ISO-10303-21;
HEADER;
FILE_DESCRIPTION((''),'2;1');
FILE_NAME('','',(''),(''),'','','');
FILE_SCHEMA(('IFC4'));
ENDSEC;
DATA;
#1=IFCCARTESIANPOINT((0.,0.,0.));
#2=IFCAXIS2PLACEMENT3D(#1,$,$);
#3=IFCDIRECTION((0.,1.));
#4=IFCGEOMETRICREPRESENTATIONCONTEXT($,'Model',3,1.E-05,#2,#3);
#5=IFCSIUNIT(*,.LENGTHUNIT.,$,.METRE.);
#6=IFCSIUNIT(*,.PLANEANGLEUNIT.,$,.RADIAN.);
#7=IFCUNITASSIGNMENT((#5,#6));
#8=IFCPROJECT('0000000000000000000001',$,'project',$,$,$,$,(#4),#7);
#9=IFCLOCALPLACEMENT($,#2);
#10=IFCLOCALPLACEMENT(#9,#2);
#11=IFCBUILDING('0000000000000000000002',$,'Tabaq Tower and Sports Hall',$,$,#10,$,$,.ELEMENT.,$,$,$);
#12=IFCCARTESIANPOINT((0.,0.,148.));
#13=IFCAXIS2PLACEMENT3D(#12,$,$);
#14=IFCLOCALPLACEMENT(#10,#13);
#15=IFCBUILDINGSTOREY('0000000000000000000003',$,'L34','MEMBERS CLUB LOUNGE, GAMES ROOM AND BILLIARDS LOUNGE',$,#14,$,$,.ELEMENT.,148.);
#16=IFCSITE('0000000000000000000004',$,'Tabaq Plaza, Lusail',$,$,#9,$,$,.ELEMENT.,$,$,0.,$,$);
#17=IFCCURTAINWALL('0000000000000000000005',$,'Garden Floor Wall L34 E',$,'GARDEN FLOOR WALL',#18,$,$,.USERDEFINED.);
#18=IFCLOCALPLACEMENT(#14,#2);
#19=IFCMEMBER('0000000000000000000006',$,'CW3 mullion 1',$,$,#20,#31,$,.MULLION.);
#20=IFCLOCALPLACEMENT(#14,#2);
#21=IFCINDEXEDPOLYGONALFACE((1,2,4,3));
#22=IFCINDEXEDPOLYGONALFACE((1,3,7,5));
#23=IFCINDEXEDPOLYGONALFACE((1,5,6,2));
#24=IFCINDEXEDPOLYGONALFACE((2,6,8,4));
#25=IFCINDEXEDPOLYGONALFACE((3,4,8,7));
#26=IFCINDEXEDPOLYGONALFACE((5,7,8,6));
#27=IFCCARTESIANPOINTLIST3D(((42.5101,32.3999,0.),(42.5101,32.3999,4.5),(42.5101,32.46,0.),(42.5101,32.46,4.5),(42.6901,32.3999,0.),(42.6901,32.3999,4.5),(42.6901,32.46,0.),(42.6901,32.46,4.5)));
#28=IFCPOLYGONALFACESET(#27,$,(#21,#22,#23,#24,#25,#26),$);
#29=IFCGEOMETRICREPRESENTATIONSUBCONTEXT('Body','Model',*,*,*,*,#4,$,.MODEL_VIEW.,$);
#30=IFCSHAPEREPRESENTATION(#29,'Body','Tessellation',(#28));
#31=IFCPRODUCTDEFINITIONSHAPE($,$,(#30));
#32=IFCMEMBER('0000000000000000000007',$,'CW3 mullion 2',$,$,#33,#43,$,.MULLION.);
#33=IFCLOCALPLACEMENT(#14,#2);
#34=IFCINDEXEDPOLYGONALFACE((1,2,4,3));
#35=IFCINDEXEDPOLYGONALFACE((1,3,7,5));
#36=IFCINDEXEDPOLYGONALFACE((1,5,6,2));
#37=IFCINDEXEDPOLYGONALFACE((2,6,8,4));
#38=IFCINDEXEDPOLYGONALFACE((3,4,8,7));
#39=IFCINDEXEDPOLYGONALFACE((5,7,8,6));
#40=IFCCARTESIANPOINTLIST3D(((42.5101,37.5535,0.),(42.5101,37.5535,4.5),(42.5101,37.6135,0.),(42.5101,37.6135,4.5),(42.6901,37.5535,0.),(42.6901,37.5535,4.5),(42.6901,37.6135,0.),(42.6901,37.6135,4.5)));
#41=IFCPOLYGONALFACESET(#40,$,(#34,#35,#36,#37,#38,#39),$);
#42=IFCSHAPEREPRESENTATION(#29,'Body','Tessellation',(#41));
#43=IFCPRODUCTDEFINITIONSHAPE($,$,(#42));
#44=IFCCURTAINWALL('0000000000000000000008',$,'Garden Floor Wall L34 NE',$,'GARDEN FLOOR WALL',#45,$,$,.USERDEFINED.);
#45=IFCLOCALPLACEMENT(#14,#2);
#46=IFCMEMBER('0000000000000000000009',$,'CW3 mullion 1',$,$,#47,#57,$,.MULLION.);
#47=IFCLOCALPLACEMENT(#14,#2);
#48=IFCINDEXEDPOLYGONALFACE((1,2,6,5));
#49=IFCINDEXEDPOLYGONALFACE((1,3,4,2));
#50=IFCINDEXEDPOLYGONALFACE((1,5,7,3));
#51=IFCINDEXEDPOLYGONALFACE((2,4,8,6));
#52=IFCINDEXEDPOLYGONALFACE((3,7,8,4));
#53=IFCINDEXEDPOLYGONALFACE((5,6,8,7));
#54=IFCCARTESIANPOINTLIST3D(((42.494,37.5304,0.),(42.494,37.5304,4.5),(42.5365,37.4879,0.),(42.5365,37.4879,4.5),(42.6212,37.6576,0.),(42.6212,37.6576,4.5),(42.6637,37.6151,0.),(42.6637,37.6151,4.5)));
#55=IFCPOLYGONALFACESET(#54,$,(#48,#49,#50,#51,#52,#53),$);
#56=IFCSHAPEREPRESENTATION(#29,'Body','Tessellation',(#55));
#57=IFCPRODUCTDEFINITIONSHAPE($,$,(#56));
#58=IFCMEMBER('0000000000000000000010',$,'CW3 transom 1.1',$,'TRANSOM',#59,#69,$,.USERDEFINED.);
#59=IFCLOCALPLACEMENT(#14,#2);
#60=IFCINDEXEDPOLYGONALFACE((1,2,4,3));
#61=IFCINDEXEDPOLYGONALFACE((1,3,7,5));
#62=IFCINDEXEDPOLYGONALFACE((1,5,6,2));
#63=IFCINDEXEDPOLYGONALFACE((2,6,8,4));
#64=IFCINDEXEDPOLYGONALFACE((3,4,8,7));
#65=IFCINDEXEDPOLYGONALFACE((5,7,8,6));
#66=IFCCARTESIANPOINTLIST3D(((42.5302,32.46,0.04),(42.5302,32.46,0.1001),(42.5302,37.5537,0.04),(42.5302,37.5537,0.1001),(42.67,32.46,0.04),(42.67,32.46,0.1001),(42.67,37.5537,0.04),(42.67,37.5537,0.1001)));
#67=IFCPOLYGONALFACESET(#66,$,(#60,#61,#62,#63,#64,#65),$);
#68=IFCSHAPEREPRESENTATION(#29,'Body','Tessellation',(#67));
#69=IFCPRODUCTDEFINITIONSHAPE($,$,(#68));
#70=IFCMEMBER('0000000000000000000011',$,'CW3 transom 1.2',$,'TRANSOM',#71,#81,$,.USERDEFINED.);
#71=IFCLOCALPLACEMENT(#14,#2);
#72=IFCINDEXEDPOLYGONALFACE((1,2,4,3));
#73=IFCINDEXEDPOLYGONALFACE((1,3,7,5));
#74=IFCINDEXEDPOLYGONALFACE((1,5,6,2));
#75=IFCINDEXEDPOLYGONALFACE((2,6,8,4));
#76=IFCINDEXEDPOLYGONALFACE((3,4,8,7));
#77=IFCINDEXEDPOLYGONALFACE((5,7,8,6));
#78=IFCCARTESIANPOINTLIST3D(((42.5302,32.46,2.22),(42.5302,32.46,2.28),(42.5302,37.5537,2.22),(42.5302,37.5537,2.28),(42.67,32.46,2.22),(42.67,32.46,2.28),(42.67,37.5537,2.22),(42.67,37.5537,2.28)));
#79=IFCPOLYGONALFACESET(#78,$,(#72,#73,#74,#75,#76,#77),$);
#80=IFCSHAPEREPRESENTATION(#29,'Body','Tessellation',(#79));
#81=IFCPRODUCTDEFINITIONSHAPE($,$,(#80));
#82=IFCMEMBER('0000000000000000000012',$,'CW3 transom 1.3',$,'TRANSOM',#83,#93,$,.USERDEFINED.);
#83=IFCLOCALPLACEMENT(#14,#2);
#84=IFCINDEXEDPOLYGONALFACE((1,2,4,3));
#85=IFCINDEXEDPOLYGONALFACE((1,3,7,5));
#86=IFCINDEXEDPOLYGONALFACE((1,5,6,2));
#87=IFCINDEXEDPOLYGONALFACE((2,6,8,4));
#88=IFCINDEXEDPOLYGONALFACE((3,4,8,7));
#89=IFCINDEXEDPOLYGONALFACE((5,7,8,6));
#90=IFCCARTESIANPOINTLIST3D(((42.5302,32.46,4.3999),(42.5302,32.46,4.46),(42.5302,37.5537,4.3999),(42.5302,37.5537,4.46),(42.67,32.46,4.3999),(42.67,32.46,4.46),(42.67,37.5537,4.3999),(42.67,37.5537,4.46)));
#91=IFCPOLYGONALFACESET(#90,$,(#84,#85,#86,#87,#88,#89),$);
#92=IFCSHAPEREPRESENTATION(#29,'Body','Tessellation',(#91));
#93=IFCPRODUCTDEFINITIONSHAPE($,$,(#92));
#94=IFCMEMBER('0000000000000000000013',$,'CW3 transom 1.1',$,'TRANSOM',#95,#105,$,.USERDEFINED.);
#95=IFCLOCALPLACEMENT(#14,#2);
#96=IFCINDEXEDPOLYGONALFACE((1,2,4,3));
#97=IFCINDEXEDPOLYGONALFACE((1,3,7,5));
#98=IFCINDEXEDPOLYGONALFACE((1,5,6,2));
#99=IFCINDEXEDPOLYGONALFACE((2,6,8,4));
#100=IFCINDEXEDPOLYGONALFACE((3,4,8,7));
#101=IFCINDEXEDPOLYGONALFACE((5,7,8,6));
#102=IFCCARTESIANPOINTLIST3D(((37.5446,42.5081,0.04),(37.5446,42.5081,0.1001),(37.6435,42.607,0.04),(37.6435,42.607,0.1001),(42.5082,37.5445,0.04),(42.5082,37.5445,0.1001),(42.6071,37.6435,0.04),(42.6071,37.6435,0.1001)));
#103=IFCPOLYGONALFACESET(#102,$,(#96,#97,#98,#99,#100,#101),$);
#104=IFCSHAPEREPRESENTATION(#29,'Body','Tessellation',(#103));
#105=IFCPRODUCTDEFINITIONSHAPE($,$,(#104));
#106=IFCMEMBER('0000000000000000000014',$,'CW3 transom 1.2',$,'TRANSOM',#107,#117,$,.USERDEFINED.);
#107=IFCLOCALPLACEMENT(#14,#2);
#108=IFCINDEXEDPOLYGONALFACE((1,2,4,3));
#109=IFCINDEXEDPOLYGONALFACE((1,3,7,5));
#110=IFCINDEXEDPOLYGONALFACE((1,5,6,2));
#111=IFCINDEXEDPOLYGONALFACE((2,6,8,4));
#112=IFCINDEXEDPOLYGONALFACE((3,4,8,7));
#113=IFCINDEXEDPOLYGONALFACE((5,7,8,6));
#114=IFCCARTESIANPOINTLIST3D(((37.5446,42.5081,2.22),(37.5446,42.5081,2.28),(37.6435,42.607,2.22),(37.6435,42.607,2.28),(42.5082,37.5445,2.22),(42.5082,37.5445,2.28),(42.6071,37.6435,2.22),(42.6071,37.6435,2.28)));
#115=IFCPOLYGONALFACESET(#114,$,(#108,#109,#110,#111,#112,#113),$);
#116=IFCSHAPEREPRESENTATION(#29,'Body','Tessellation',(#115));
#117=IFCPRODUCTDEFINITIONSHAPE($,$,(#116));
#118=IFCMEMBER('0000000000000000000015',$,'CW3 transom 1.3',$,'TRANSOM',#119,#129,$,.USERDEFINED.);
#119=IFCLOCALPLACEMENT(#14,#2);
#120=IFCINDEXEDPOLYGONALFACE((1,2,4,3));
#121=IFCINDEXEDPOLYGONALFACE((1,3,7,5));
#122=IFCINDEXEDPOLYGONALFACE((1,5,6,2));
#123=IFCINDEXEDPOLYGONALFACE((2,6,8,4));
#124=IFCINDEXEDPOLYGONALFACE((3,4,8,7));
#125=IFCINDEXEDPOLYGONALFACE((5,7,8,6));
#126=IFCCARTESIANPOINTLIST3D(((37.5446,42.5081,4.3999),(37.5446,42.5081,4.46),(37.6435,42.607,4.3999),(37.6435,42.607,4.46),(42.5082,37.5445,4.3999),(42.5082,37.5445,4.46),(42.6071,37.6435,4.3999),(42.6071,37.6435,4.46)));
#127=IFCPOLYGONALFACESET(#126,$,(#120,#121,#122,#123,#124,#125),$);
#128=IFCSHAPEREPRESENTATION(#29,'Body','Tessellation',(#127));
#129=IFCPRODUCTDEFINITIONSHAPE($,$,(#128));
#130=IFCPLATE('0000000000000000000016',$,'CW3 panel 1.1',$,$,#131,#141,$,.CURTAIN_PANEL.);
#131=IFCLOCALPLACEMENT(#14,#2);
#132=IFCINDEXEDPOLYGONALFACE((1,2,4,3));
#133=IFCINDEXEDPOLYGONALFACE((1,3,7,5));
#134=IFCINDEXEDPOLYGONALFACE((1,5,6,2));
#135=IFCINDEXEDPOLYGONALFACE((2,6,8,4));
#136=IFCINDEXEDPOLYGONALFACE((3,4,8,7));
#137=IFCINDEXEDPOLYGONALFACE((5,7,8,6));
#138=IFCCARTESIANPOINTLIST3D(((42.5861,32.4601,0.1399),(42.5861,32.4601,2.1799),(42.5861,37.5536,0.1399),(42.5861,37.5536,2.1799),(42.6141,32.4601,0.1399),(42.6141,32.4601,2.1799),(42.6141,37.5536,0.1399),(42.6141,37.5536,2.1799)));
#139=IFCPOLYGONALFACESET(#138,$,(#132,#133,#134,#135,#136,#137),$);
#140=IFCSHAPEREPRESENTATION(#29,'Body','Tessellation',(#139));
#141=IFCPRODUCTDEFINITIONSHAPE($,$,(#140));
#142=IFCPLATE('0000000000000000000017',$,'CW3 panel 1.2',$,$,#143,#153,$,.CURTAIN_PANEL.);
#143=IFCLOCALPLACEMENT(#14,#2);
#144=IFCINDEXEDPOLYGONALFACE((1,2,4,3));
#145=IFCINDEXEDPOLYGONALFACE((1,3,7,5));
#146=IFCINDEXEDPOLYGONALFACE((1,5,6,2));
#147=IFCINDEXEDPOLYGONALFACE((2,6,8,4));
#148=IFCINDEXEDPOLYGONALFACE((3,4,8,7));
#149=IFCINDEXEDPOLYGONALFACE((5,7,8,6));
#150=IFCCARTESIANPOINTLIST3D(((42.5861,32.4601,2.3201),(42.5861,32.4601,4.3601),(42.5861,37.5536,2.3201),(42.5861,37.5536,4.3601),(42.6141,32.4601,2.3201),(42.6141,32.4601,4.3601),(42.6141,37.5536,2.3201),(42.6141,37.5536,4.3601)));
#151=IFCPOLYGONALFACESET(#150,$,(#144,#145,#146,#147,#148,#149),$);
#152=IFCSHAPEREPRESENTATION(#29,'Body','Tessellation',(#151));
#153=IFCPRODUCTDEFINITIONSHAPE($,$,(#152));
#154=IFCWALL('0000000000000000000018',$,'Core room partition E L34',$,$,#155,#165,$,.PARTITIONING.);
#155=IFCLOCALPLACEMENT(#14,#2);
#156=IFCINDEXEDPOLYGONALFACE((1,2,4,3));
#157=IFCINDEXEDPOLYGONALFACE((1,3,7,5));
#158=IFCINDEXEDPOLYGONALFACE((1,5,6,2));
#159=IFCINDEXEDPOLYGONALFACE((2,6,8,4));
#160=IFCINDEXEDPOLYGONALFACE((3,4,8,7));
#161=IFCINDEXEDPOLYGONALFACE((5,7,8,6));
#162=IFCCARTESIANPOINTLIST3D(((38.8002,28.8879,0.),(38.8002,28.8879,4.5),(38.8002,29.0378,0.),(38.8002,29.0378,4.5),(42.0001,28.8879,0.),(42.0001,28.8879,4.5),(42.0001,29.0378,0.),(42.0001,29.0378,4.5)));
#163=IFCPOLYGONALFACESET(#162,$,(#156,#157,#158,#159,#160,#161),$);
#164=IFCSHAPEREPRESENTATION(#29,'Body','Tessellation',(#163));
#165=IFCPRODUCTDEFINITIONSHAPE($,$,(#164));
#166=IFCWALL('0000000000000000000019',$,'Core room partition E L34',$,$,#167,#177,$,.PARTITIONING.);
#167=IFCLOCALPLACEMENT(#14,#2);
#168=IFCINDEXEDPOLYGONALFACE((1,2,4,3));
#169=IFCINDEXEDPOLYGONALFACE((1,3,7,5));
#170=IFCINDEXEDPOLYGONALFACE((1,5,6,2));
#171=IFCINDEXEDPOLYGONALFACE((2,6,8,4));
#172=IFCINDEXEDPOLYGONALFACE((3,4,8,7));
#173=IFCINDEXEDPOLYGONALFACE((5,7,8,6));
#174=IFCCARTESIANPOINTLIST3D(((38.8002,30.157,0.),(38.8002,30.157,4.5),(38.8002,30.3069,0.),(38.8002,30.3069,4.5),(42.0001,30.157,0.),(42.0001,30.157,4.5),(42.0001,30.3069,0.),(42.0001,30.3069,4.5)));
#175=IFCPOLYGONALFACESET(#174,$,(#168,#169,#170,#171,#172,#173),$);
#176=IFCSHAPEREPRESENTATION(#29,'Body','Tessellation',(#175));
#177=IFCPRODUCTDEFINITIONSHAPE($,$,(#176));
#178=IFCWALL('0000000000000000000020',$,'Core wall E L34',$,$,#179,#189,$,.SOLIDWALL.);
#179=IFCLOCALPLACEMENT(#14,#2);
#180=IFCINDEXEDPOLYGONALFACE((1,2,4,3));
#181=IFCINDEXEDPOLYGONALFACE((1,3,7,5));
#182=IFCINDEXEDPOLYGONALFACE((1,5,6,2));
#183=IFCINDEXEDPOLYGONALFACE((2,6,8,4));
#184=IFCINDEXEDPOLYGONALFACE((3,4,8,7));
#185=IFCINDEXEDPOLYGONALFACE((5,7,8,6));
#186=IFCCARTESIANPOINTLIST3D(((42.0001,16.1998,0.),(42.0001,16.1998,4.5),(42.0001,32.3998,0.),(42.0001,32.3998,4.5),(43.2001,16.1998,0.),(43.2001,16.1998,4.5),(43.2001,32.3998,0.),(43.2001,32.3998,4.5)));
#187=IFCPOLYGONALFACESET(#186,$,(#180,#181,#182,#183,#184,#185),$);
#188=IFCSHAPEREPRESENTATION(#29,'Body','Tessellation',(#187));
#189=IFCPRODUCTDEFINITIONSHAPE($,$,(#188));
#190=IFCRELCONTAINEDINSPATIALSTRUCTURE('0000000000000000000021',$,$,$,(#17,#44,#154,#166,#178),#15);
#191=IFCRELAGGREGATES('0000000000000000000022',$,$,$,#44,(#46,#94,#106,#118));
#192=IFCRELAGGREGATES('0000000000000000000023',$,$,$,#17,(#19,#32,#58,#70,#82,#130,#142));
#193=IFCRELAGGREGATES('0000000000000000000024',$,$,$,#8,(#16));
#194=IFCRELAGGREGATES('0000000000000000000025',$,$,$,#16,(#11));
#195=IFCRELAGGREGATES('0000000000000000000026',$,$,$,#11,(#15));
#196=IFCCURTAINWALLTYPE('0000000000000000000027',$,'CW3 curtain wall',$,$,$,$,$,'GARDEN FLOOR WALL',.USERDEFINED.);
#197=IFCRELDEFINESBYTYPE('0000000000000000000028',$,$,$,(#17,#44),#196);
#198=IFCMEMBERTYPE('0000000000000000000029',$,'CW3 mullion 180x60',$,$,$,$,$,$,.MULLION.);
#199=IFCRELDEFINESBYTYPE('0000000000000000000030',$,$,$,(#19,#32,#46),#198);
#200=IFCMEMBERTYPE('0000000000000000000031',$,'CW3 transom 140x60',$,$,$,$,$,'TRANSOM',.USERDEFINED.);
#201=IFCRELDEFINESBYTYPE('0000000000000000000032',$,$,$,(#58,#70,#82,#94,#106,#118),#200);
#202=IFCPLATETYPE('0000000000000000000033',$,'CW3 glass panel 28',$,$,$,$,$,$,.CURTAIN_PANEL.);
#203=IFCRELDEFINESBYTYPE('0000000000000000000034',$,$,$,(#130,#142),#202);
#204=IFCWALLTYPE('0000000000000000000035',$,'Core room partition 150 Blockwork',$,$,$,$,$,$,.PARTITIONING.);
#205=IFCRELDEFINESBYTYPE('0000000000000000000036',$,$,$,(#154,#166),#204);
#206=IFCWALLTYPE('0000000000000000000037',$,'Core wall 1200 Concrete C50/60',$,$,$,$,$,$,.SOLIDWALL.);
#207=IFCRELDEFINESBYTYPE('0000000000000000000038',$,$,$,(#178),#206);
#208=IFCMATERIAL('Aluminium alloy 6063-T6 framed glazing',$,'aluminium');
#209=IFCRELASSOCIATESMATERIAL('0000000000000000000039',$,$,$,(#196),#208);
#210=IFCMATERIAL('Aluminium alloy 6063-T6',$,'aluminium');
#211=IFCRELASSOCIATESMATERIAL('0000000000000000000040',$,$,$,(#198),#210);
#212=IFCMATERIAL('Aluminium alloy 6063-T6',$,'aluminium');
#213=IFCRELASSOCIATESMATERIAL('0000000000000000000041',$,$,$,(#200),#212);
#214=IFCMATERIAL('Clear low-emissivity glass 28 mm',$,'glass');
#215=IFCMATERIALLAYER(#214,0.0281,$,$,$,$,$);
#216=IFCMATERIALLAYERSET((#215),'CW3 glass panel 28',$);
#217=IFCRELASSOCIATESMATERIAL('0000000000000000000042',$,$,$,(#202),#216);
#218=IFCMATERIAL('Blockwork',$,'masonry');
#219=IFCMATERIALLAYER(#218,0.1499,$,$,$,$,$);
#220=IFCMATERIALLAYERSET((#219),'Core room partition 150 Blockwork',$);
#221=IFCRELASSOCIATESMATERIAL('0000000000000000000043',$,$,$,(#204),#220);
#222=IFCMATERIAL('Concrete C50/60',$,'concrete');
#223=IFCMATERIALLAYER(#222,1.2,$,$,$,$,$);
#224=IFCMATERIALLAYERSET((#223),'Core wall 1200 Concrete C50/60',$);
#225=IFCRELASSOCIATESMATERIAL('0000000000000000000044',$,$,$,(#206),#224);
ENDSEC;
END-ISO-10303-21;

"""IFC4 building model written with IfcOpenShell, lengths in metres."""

from ifc_helpers import new_model, si_unit, direction, frame, frame_2d, origin, origin_2d, place, context, subcontext, project, spatial, rectangle, extrude, material, layer, layer_set, material_profile, profile_set, type_object, element, aggregate, save


model = new_model("IFC4")

# Units and contexts
model_context = context("Model", 3, precision=1e-05, world=origin(), true_north=direction((0.0, 1.0)))
body_context = subcontext(model_context, "Body", "Model", "MODEL_VIEW")
ifc_project = project(units=[si_unit("LENGTHUNIT", "METRE"), si_unit("PLANEANGLEUNIT", "RADIAN")], contexts=[model_context])

# Site, building, storey
site_placement = place(None, origin())
site = spatial("IfcSite", under=ifc_project, at=site_placement, Name="Tabaq Plaza, Lusail", CompositionType="ELEMENT", RefElevation=0.0)
building_placement = place(site_placement, origin())
building = spatial("IfcBuilding", under=site, at=building_placement, Name="Tabaq Tower and Sports Hall", CompositionType="ELEMENT")
storey_placement = place(building_placement, frame((0.0, 0.0, 148.0)))
storey = spatial("IfcBuildingStorey", under=building, at=storey_placement, Name="L34", Description="MEMBERS CLUB LOUNGE, GAMES ROOM AND BILLIARDS LOUNGE", CompositionType="ELEMENT", Elevation=148.0)

# Curtain wall, members
ifc_material_1 = material(Name="Aluminium alloy 6063-T6 framed glazing", Category="aluminium")
curtain_wall_type = type_object("IfcCurtainWallType", Name="CW3 curtain wall", ElementType="GARDEN FLOOR WALL", PredefinedType="USERDEFINED", material=ifc_material_1)
curtain_wall_1_placement = place(storey_placement, origin())
curtain_wall_1 = element("IfcCurtainWall", 1, at=curtain_wall_1_placement, inside=storey, type_object=curtain_wall_type, Name="Garden Floor Wall L34 E", ObjectType="GARDEN FLOOR WALL", PredefinedType="USERDEFINED")
ifc_material_2 = material(Name="Aluminium alloy 6063-T6", Category="aluminium")
ifc_material_profile_1 = material_profile(ifc_material_2, rectangle(XDim=0.1799, YDim=0.0601, at=origin_2d()), Name="MULLION 180x60")
ifc_profile_set_1 = profile_set([ifc_material_profile_1], Name="Aluminium alloy 6063-T6")
member_type_1 = type_object("IfcMemberType", Name="CW3 mullion 180x60", PredefinedType="MULLION", material=ifc_profile_set_1)
member_1_placement = place(storey_placement, frame((42.6001, 32.4299, 0.0), z_axis=(0.0, 0.0, 1.0), x_axis=(-1.0, 0.0, 0.0)))
member_1 = element("IfcMember", 2, at=member_1_placement, type_object=member_type_1, Name="CW3 mullion 1", PredefinedType="MULLION", context=body_context, shape_type="SweptSolid", body=[
    extrude(rectangle(XDim=0.1799, YDim=0.0601, at=origin_2d()), origin(), (0.0, 0.0, 1.0), 4.5),
])
member_2_placement = place(storey_placement, frame((42.6001, 37.5835, 0.0), z_axis=(0.0, 0.0, 1.0), x_axis=(-1.0, 0.0, 0.0)))
member_2 = element("IfcMember", 3, at=member_2_placement, type_object=member_type_1, Name="CW3 mullion 2", PredefinedType="MULLION", context=body_context, shape_type="SweptSolid", body=[
    extrude(rectangle(XDim=0.1799, YDim=0.0601, at=origin_2d()), origin(), (0.0, 0.0, 1.0), 4.5),
])

# Curtain wall, member
curtain_wall_2_placement = place(storey_placement, origin())
curtain_wall_2 = element("IfcCurtainWall", 4, at=curtain_wall_2_placement, inside=storey, type_object=curtain_wall_type, Name="Garden Floor Wall L34 NE", ObjectType="GARDEN FLOOR WALL", PredefinedType="USERDEFINED")
member_3_placement = place(storey_placement, frame((42.5789, 37.5728, 0.0), z_axis=(0.0, 0.0, 1.0), x_axis=(-0.707107, -0.707107, 0.0)))
member_3 = element("IfcMember", 5, at=member_3_placement, type_object=member_type_1, Name="CW3 mullion 1", PredefinedType="MULLION", context=body_context, shape_type="SweptSolid", body=[
    extrude(rectangle(XDim=0.1799, YDim=0.0601, at=origin_2d()), origin(), (0.0, 0.0, 1.0), 4.5),
])

# Members
ifc_material_3 = material(Name="Aluminium alloy 6063-T6", Category="aluminium")
ifc_material_profile_2 = material_profile(ifc_material_3, rectangle(XDim=0.1399, YDim=0.0601, at=origin_2d()), Name="TRANSOM 140x60")
ifc_profile_set_2 = profile_set([ifc_material_profile_2], Name="Aluminium alloy 6063-T6")
member_type_2 = type_object("IfcMemberType", Name="CW3 transom 140x60", ElementType="TRANSOM", PredefinedType="USERDEFINED", material=ifc_profile_set_2)
member_4_placement = place(storey_placement, frame((42.6001, 32.46, 0.0701), z_axis=(0.0, 1.0, 0.0), x_axis=(-1.0, 0.0, 0.0)))
member_4 = element("IfcMember", 6, at=member_4_placement, type_object=member_type_2, Name="CW3 transom 1.1", ObjectType="TRANSOM", PredefinedType="USERDEFINED", context=body_context, shape_type="SweptSolid", body=[
    extrude(rectangle(XDim=0.1399, YDim=0.0601, at=origin_2d()), origin(), (0.0, 0.0, 1.0), 5.0938),
])
member_5_placement = place(storey_placement, frame((42.6001, 32.46, 2.25), z_axis=(0.0, 1.0, 0.0), x_axis=(-1.0, 0.0, 0.0)))
member_5 = element("IfcMember", 7, at=member_5_placement, type_object=member_type_2, Name="CW3 transom 1.2", ObjectType="TRANSOM", PredefinedType="USERDEFINED", context=body_context, shape_type="SweptSolid", body=[
    extrude(rectangle(XDim=0.1399, YDim=0.0601, at=origin_2d()), origin(), (0.0, 0.0, 1.0), 5.0938),
])
member_6_placement = place(storey_placement, frame((42.6001, 32.46, 4.4299), z_axis=(0.0, 1.0, 0.0), x_axis=(-1.0, 0.0, 0.0)))
member_6 = element("IfcMember", 8, at=member_6_placement, type_object=member_type_2, Name="CW3 transom 1.3", ObjectType="TRANSOM", PredefinedType="USERDEFINED", context=body_context, shape_type="SweptSolid", body=[
    extrude(rectangle(XDim=0.1399, YDim=0.0601, at=origin_2d()), origin(), (0.0, 0.0, 1.0), 5.0938),
])
member_7_placement = place(storey_placement, frame((42.5576, 37.594, 0.0701), z_axis=(-0.707107, 0.707107, 0.0), x_axis=(-0.707107, -0.707107, 0.0)))
member_7 = element("IfcMember", 9, at=member_7_placement, type_object=member_type_2, Name="CW3 transom 1.1", ObjectType="TRANSOM", PredefinedType="USERDEFINED", context=body_context, shape_type="SweptSolid", body=[
    extrude(rectangle(XDim=0.1399, YDim=0.0601, at=origin_2d()), origin(), (0.0, 0.0, 1.0), 7.0195),
])
member_8_placement = place(storey_placement, frame((42.5576, 37.594, 2.25), z_axis=(-0.707107, 0.707107, 0.0), x_axis=(-0.707107, -0.707107, 0.0)))
member_8 = element("IfcMember", 10, at=member_8_placement, type_object=member_type_2, Name="CW3 transom 1.2", ObjectType="TRANSOM", PredefinedType="USERDEFINED", context=body_context, shape_type="SweptSolid", body=[
    extrude(rectangle(XDim=0.1399, YDim=0.0601, at=origin_2d()), origin(), (0.0, 0.0, 1.0), 7.0195),
])
member_9_placement = place(storey_placement, frame((42.5576, 37.594, 4.4299), z_axis=(-0.707107, 0.707107, 0.0), x_axis=(-0.707107, -0.707107, 0.0)))
member_9 = element("IfcMember", 11, at=member_9_placement, type_object=member_type_2, Name="CW3 transom 1.3", ObjectType="TRANSOM", PredefinedType="USERDEFINED", context=body_context, shape_type="SweptSolid", body=[
    extrude(rectangle(XDim=0.1399, YDim=0.0601, at=origin_2d()), origin(), (0.0, 0.0, 1.0), 7.0195),
])
aggregate(curtain_wall_2, [member_3, member_7, member_8, member_9])

# Plates
ifc_material_4 = material(Name="Clear low-emissivity glass 28 mm", Category="glass")
ifc_layer_1 = layer(ifc_material_4, 0.0281)
ifc_layer_set_1 = layer_set([ifc_layer_1], Name="CW3 glass panel 28")
plate_type = type_object("IfcPlateType", Name="CW3 glass panel 28", PredefinedType="CURTAIN_PANEL", material=ifc_layer_set_1)
plate_1_placement = place(storey_placement, frame((42.6001, 35.0068, 0.1399), z_axis=(0.0, 0.0, 1.0), x_axis=(0.0, 1.0, 0.0)))
plate_1 = element("IfcPlate", 12, at=plate_1_placement, type_object=plate_type, Name="CW3 panel 1.1", PredefinedType="CURTAIN_PANEL", context=body_context, shape_type="SweptSolid", body=[
    extrude(rectangle(XDim=5.0935, YDim=0.0281, at=origin_2d()), origin(), (0.0, 0.0, 1.0), 2.04),
])
plate_2_placement = place(storey_placement, frame((42.6001, 35.0068, 2.3201), z_axis=(0.0, 0.0, 1.0), x_axis=(0.0, 1.0, 0.0)))
plate_2 = element("IfcPlate", 13, at=plate_2_placement, type_object=plate_type, Name="CW3 panel 1.2", PredefinedType="CURTAIN_PANEL", context=body_context, shape_type="SweptSolid", body=[
    extrude(rectangle(XDim=5.0935, YDim=0.0281, at=origin_2d()), origin(), (0.0, 0.0, 1.0), 2.04),
])
aggregate(curtain_wall_1, [member_1, member_2, member_4, member_5, member_6, plate_1, plate_2])

# Walls
ifc_material_5 = material(Name="Blockwork", Category="masonry")
ifc_layer_2 = layer(ifc_material_5, 0.1499)
ifc_layer_set_2 = layer_set([ifc_layer_2], Name="Core room partition 150 Blockwork")
wall_type_1 = type_object("IfcWallType", Name="Core room partition 150 Blockwork", PredefinedType="PARTITIONING", material=ifc_layer_set_2)
for number, where, z_axis, x_axis, name in (
    (14, (38.8, 28.9629, 0.0), (0.0, 0.0, 1.0), (1.0, 0.0, 0.0), "Core room partition E L34"),
    (15, (38.8, 30.2319, 0.0), (0.0, 0.0, 1.0), (1.0, 0.0, 0.0), "Core room partition E L34"),
):
    element("IfcWall", number, at=place(storey_placement, frame(where, z_axis=z_axis, x_axis=x_axis)), inside=storey, type_object=wall_type_1, Name=name, PredefinedType="PARTITIONING", context=body_context, shape_type="SweptSolid", body=[
        extrude(rectangle(XDim=3.2, YDim=0.1499, at=frame_2d((1.6001, 0.0))), origin(), (0.0, 0.0, 1.0), 4.5),
    ])
ifc_material_6 = material(Name="Concrete C50/60", Category="concrete")
ifc_layer_3 = layer(ifc_material_6, 1.2)
ifc_layer_set_3 = layer_set([ifc_layer_3], Name="Core wall 1200 Concrete C50/60")
wall_type_2 = type_object("IfcWallType", Name="Core wall 1200 Concrete C50/60", PredefinedType="SOLIDWALL", material=ifc_layer_set_3)
wall_1_placement = place(storey_placement, frame((42.6001, 32.3999, 0.0), z_axis=(0.0, 0.0, 1.0), x_axis=(0.0, -1.0, 0.0)))
element("IfcWall", 16, at=wall_1_placement, inside=storey, type_object=wall_type_2, Name="Core wall E L34", PredefinedType="SOLIDWALL", context=body_context, shape_type="SweptSolid", body=[
    extrude(rectangle(XDim=16.2, YDim=1.2, at=frame_2d((8.1001, 0.0))), origin(), (0.0, 0.0, 1.0), 4.5),
])

save(model, "model.ifc")
